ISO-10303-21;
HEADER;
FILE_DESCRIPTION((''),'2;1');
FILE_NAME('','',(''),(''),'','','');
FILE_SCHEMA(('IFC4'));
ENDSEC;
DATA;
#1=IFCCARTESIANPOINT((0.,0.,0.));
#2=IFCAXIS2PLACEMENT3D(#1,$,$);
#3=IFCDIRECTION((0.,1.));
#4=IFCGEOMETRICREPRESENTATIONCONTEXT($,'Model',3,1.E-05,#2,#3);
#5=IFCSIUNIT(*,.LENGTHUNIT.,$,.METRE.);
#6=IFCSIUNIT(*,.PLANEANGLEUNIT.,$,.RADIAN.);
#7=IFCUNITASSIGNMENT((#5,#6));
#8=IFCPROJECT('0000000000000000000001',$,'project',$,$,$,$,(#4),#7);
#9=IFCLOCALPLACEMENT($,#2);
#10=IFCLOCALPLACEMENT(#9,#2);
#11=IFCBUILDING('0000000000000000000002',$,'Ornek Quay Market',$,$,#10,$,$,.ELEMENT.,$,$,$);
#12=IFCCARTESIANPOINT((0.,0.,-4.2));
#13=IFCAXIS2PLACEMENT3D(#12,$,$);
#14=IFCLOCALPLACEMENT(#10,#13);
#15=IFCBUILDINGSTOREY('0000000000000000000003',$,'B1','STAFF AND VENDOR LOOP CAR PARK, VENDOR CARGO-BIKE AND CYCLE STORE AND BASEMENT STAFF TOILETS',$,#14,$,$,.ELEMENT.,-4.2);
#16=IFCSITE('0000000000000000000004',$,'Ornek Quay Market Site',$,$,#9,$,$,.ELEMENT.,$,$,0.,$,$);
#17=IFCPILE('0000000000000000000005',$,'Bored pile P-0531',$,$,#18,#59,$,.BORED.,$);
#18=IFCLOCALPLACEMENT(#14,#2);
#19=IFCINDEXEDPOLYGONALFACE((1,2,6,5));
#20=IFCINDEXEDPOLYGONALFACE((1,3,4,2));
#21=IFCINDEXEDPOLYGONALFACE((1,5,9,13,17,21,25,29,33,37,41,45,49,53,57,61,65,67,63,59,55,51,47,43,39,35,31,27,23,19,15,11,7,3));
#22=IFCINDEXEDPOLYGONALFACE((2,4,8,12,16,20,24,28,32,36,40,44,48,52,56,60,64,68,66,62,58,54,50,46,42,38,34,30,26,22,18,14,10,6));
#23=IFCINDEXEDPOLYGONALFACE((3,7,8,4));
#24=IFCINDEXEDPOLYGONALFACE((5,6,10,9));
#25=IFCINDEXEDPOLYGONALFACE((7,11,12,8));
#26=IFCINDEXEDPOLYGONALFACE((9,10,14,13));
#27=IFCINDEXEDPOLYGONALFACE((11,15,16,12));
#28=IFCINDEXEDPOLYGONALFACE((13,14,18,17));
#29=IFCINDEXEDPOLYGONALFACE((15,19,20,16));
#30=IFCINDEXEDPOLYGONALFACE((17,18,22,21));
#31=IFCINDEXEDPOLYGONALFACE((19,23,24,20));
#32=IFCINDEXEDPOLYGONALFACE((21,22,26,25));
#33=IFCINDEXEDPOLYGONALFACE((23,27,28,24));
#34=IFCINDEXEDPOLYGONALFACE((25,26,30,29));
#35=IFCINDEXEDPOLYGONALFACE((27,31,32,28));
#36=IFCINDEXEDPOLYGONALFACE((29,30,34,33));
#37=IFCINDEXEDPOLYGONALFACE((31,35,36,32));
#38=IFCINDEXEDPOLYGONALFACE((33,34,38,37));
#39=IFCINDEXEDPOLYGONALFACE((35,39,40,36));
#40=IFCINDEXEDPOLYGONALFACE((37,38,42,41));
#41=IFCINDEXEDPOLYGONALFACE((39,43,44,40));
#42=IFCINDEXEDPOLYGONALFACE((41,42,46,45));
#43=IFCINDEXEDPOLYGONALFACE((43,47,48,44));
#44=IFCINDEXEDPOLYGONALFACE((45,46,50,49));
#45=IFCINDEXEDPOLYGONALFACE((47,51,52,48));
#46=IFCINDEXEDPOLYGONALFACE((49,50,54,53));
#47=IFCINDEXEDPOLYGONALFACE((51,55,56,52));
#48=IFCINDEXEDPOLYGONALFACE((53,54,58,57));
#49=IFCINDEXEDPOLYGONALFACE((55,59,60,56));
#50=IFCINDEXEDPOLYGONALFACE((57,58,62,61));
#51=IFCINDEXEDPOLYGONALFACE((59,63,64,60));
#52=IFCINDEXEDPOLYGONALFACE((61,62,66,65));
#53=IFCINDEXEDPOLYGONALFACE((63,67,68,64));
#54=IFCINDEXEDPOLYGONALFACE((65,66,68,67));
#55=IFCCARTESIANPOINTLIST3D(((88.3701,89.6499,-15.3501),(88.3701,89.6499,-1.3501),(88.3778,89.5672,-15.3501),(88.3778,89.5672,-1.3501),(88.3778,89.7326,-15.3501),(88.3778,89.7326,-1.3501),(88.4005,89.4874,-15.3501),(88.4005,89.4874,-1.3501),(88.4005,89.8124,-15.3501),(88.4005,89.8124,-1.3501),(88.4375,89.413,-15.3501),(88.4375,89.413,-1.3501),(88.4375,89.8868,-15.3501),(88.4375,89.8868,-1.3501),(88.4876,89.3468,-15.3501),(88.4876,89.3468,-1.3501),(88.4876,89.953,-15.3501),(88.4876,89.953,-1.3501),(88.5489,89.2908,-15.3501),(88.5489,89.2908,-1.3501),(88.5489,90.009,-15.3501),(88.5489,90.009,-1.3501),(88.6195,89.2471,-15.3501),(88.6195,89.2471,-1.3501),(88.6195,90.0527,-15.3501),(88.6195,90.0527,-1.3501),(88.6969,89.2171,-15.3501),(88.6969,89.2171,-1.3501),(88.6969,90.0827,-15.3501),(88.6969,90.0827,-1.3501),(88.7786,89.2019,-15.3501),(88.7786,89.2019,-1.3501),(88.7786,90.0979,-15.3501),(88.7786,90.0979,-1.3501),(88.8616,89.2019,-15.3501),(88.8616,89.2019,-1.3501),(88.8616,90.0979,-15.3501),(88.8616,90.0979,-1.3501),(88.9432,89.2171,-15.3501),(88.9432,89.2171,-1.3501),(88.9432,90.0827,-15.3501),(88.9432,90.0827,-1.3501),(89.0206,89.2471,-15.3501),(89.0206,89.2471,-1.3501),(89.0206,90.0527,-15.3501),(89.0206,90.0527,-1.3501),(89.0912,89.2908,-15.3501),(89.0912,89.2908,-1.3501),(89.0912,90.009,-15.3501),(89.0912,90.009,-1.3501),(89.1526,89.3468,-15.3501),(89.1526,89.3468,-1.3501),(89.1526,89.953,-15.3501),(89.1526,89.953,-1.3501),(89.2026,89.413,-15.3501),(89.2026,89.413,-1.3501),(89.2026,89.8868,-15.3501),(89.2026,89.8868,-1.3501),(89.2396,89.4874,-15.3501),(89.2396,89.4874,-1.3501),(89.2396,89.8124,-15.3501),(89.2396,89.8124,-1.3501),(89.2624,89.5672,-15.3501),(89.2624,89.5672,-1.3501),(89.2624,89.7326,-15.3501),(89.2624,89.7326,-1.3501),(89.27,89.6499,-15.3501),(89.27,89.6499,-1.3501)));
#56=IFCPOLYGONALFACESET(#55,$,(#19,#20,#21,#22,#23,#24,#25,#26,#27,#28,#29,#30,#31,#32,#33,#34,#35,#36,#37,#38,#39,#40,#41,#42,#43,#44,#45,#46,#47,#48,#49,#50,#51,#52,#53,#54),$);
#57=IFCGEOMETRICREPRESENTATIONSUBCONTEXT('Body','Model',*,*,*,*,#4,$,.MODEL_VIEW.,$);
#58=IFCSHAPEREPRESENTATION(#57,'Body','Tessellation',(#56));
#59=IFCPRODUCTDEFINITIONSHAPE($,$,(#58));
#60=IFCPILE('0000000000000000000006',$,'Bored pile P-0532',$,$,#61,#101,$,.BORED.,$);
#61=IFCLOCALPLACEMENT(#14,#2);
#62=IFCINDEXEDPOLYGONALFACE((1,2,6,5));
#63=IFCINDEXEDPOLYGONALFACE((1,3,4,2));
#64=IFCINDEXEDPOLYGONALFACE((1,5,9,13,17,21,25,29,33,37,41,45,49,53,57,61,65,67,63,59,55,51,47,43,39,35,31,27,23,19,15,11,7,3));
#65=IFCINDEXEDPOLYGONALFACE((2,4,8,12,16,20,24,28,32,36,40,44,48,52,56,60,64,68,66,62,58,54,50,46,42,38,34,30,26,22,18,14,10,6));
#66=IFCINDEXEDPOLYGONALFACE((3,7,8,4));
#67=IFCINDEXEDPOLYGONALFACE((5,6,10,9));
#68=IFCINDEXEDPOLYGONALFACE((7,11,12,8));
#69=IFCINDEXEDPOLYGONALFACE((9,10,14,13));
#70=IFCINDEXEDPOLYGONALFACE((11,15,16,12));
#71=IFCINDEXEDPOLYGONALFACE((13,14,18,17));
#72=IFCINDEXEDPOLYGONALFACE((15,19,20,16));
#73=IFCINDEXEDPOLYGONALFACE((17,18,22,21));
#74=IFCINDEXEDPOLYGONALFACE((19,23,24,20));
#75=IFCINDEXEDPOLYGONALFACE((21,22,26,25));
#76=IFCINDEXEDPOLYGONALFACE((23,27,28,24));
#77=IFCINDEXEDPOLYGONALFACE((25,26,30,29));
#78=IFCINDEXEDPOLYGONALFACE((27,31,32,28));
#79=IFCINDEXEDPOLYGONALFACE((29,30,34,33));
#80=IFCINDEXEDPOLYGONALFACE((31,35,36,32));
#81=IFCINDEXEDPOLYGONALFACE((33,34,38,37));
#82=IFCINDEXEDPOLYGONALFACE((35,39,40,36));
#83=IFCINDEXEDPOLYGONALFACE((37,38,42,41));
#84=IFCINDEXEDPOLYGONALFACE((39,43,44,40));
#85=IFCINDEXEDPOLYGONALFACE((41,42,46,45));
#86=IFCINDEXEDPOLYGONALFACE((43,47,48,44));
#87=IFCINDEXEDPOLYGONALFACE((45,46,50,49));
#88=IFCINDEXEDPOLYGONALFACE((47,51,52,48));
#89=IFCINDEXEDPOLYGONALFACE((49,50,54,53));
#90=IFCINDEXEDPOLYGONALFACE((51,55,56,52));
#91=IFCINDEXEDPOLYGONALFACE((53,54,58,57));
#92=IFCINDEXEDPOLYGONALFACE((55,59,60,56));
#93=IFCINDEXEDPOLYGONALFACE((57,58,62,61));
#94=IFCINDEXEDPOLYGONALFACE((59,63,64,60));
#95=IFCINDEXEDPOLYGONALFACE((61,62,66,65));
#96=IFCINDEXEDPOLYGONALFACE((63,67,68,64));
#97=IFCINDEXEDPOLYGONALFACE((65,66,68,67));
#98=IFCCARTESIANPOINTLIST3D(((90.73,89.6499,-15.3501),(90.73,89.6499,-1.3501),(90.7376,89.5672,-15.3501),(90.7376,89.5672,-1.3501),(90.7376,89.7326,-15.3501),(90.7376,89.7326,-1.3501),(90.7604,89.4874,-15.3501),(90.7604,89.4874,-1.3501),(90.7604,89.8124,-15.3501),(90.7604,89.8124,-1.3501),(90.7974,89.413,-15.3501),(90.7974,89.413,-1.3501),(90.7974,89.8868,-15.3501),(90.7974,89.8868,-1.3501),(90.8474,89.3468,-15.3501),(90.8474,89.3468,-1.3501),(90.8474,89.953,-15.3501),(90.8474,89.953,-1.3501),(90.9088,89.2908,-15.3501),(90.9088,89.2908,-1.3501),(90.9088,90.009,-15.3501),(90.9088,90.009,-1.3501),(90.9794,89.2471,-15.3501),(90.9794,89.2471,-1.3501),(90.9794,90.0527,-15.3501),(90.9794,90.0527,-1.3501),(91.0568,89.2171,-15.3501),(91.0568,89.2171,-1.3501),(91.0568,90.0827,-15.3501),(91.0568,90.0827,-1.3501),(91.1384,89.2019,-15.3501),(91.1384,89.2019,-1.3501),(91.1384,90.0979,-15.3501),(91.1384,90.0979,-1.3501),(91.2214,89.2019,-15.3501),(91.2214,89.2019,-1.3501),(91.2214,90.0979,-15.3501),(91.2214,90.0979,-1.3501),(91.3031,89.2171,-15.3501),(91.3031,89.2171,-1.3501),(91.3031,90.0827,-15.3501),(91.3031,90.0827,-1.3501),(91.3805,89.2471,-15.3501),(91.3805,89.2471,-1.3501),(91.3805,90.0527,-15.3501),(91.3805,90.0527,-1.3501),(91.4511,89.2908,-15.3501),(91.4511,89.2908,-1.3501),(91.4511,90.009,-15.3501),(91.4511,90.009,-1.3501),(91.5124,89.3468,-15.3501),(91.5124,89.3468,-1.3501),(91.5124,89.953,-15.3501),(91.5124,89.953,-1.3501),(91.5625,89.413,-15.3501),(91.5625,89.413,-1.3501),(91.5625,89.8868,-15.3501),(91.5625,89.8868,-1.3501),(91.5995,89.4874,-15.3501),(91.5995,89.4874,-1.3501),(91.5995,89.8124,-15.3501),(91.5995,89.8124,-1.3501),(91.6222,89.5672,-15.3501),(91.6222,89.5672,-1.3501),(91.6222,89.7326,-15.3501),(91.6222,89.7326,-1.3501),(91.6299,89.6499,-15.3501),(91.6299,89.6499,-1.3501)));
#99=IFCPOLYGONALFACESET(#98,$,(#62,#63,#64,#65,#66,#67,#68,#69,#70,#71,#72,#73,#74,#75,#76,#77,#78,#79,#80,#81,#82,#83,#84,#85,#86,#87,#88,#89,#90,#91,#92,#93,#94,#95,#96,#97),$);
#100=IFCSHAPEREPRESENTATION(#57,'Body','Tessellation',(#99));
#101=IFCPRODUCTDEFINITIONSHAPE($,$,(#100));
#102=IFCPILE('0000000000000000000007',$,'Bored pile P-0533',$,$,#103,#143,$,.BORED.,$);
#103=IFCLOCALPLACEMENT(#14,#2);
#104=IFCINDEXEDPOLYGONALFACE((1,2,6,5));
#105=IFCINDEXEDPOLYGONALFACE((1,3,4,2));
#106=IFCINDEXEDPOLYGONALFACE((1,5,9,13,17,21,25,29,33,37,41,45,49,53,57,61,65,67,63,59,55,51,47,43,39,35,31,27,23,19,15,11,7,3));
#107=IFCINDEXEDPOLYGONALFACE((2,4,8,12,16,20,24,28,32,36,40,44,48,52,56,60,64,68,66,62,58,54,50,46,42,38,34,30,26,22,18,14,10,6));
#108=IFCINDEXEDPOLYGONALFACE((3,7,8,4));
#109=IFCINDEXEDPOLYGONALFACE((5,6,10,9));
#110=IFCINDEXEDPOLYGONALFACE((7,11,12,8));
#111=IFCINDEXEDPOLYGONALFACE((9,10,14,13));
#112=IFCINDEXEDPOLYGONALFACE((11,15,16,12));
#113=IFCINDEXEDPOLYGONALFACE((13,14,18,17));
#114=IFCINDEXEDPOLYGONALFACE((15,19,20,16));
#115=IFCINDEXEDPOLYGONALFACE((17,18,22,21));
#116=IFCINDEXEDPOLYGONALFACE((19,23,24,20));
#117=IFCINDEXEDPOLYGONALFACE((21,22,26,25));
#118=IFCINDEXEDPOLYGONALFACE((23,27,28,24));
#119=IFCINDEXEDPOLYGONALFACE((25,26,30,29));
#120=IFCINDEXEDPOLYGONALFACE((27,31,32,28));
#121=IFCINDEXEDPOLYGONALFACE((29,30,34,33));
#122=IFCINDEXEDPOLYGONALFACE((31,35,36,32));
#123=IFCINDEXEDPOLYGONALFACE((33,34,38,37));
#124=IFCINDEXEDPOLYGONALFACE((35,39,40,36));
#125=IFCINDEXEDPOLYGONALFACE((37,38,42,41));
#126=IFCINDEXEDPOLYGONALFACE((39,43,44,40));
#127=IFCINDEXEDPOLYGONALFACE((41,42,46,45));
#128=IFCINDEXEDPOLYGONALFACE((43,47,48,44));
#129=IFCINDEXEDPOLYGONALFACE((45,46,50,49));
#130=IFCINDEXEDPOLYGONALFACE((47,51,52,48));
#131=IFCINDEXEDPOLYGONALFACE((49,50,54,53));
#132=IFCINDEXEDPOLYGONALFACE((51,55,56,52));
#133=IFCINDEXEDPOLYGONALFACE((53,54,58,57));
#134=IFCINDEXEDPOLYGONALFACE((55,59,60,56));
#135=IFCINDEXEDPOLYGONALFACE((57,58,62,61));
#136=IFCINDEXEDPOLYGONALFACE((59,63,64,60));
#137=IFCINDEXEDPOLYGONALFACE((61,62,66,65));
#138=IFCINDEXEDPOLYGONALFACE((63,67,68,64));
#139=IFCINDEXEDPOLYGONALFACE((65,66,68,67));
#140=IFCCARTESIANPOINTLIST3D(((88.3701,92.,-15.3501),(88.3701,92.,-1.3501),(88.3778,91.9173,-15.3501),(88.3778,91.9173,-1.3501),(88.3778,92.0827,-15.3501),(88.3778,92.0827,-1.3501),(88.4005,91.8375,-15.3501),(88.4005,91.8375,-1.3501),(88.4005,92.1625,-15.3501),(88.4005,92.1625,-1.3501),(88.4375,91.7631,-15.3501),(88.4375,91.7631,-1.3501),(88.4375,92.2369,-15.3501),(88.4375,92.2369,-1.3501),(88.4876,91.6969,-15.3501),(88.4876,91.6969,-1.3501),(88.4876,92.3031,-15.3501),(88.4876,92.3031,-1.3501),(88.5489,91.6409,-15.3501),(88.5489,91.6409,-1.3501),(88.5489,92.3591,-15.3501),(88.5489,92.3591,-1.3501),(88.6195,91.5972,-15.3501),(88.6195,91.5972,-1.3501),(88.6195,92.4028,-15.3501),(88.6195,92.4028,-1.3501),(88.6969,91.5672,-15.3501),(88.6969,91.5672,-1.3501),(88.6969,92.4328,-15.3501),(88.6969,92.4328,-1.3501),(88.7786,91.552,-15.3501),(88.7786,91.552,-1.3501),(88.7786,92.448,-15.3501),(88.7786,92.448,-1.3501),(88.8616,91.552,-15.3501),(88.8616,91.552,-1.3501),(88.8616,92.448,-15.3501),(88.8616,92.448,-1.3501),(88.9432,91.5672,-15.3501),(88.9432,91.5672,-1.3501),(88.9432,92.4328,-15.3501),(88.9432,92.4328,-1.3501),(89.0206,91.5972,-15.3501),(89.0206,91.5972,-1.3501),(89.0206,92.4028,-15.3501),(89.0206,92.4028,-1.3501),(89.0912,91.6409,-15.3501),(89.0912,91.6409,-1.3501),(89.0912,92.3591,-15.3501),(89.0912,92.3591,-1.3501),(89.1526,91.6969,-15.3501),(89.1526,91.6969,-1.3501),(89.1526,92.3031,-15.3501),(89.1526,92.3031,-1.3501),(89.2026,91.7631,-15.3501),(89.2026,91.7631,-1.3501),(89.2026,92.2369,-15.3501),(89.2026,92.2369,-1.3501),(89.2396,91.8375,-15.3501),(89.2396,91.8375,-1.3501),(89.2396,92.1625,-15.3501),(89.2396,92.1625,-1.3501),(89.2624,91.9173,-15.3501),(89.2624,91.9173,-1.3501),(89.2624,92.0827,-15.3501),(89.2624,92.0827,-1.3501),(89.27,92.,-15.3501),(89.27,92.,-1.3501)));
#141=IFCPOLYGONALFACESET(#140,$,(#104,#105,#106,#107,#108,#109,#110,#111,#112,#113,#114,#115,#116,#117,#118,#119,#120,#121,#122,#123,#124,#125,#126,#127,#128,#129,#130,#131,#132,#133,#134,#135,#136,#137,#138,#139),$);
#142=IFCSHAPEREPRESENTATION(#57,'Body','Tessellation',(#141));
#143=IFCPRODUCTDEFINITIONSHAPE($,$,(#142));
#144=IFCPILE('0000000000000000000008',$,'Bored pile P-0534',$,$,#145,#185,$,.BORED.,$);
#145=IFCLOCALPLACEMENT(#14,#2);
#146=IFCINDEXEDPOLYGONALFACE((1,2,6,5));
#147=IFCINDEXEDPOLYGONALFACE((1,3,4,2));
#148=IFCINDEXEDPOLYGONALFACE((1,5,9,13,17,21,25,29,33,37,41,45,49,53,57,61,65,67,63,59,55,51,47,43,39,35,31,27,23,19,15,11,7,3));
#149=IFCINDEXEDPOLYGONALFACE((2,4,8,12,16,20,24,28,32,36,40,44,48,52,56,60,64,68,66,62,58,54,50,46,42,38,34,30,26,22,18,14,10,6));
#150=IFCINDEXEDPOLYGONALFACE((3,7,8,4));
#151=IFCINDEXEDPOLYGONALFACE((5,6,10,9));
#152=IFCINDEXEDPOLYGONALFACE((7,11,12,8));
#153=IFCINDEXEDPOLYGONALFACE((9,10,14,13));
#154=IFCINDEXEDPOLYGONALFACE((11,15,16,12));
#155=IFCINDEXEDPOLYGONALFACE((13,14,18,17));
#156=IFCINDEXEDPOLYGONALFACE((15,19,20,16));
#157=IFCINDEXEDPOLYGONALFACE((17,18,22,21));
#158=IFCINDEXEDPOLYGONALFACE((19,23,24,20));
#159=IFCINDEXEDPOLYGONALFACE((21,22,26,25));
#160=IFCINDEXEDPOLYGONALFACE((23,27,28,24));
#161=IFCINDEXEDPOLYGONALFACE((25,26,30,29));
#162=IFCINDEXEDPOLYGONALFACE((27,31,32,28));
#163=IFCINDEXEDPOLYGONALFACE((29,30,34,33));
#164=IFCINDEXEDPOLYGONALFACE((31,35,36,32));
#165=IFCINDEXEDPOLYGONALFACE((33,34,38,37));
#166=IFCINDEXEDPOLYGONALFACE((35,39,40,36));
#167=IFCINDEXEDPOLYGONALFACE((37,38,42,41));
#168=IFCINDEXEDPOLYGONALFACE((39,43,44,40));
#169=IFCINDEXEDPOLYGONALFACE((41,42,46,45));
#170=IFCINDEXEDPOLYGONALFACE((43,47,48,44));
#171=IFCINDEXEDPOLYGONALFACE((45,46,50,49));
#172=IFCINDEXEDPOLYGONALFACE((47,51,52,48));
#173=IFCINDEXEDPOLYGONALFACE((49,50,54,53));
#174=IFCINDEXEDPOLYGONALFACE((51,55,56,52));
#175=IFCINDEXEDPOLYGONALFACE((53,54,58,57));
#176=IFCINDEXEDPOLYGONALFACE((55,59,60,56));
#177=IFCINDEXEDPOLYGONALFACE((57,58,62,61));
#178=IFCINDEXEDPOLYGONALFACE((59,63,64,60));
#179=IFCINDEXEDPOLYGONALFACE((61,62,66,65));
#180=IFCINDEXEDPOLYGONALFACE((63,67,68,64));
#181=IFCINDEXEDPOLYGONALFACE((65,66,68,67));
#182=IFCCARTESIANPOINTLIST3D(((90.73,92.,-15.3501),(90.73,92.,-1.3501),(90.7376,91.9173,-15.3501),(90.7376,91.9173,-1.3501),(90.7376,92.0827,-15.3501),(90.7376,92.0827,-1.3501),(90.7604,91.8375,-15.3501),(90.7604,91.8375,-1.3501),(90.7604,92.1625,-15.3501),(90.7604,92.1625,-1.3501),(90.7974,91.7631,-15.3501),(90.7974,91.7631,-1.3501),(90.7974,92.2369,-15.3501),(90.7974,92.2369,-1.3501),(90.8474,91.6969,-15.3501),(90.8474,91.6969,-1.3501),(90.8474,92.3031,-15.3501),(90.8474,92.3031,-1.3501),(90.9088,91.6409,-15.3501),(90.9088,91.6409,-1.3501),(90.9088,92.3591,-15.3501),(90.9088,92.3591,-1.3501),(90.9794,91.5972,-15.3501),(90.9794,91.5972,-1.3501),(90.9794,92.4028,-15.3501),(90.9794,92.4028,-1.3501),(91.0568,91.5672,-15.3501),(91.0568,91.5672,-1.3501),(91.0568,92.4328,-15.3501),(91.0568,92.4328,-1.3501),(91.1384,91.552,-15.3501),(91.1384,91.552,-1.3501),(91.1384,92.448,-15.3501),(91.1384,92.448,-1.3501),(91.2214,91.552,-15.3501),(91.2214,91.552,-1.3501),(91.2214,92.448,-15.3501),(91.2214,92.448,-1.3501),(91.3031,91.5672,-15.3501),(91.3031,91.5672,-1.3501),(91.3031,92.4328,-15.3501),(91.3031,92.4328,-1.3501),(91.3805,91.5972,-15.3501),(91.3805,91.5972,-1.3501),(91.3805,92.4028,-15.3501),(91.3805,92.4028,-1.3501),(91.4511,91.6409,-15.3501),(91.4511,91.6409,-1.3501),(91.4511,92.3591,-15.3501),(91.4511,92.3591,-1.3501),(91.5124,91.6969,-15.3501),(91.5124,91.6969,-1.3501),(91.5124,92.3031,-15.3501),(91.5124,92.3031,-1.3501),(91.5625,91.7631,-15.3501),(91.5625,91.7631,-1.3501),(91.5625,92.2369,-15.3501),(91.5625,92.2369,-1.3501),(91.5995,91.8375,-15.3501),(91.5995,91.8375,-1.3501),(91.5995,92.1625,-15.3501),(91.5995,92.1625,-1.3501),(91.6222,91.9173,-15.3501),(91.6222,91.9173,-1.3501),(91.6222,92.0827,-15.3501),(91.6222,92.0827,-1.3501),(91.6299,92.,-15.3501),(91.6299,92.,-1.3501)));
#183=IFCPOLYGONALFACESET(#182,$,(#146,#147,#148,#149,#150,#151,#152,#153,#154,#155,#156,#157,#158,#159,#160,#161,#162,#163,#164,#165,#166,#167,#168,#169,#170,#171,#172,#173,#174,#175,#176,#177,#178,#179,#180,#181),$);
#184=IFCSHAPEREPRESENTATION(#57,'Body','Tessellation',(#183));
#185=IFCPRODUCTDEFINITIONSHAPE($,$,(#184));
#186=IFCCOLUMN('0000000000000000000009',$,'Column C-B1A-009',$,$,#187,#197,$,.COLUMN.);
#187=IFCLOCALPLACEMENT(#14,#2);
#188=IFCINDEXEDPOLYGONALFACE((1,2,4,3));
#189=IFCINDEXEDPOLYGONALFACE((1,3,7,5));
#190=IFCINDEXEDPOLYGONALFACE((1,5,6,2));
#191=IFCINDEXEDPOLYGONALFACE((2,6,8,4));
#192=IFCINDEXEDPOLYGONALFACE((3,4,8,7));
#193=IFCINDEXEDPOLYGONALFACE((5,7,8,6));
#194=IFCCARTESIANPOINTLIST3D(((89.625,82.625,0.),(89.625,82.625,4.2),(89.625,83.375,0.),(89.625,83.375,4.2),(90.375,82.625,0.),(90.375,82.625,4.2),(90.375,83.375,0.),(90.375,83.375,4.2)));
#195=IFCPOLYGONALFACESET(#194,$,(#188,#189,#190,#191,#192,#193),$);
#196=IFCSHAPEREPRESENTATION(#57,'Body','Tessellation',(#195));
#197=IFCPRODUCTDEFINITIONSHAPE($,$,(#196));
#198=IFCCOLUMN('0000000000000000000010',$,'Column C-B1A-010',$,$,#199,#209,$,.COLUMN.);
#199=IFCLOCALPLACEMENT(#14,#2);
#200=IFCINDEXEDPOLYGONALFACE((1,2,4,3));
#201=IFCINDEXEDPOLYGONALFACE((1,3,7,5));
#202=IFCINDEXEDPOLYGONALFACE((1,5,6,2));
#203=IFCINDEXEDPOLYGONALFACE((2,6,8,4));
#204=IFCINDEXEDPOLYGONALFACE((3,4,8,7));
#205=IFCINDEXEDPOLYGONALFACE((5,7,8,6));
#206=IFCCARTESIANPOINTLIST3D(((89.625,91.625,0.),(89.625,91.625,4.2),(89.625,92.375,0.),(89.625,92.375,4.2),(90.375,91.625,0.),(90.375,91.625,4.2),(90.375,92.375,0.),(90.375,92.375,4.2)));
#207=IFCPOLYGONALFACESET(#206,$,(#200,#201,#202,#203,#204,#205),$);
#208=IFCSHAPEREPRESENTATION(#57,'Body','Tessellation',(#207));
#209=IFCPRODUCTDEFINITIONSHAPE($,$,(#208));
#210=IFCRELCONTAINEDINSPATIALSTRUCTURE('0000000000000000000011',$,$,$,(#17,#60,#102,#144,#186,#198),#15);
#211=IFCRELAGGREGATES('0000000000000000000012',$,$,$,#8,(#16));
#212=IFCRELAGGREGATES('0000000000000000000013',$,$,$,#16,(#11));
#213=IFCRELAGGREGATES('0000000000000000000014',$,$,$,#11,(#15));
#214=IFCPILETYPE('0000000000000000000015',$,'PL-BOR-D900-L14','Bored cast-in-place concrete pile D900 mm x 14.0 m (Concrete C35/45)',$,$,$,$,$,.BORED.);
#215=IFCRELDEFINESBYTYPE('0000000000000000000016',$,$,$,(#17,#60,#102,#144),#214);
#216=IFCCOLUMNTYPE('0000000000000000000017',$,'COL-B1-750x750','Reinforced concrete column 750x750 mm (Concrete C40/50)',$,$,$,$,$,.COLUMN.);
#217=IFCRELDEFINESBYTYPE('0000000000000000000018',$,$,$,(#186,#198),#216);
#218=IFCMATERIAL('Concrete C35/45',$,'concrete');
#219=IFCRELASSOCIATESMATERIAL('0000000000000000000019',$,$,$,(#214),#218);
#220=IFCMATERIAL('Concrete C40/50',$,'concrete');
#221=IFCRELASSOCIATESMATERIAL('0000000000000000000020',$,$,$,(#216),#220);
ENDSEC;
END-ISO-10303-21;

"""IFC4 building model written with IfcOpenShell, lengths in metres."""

from ifc_helpers import new_model, si_unit, direction, frame, origin, origin_2d, place, context, subcontext, project, spatial, rectangle, circle, extrude, material, material_profile, profile_set, type_object, element, save


model = new_model("IFC4")

# Units and contexts
model_context = context("Model", 3, precision=1e-05, world=origin(), true_north=direction((0.0, 1.0)))
body_context = subcontext(model_context, "Body", "Model", "MODEL_VIEW")
ifc_project = project(units=[si_unit("LENGTHUNIT", "METRE"), si_unit("PLANEANGLEUNIT", "RADIAN")], contexts=[model_context])

# Site, building, storey
site_placement = place(None, origin())
site = spatial("IfcSite", under=ifc_project, at=site_placement, Name="Ornek Quay Market Site", CompositionType="ELEMENT", RefElevation=0.0)
building_placement = place(site_placement, origin())
building = spatial("IfcBuilding", under=site, at=building_placement, Name="Ornek Quay Market", CompositionType="ELEMENT")
storey_placement = place(building_placement, frame((0.0, 0.0, -4.2)))
storey = spatial("IfcBuildingStorey", under=building, at=storey_placement, Name="B1", Description="STAFF AND VENDOR LOOP CAR PARK, VENDOR CARGO-BIKE AND CYCLE STORE AND BASEMENT STAFF TOILETS", CompositionType="ELEMENT", Elevation=-4.2)

# Piles
ifc_material_1 = material(Name="Concrete C35/45", Category="concrete")
ifc_material_profile_1 = material_profile(ifc_material_1, circle(Radius=0.45, at=origin_2d()), Name="PILE D900", Category="concrete")
ifc_profile_set_1 = profile_set([ifc_material_profile_1], Name="Concrete C35/45")
pile_type_1 = type_object("IfcPileType", Name="PL-BOR-D900-L14", Description="Bored cast-in-place concrete pile D900 mm x 14.0 m (Concrete C35/45)", PredefinedType="BORED", material=ifc_profile_set_1)
for number, where, z_axis, x_axis, name in (
    (1, (88.8201, 89.6499, -1.3501), (0.0, 0.0, -1.0), (1.0, 0.0, 0.0), "Bored pile P-0531"),
    (2, (91.1799, 89.6499, -1.3501), (0.0, 0.0, -1.0), (1.0, 0.0, 0.0), "Bored pile P-0532"),
    (3, (88.8201, 92.0, -1.3501), (0.0, 0.0, -1.0), (1.0, 0.0, 0.0), "Bored pile P-0533"),
    (4, (91.1799, 92.0, -1.3501), (0.0, 0.0, -1.0), (1.0, 0.0, 0.0), "Bored pile P-0534"),
):
    element("IfcPile", number, at=place(storey_placement, frame(where, z_axis=z_axis, x_axis=x_axis)), inside=storey, type_object=pile_type_1, Name=name, PredefinedType="BORED", context=body_context, shape_type="SweptSolid", body=[
        extrude(circle(Radius=0.45, at=origin_2d()), origin(), (0.0, 0.0, 1.0), 14.0),
    ])

# Columns
ifc_material_2 = material(Name="Concrete C40/50", Category="concrete")
ifc_material_profile_2 = material_profile(ifc_material_2, rectangle(XDim=0.75, YDim=0.75, at=origin_2d()), Name="RC 750x750", Category="concrete")
ifc_profile_set_2 = profile_set([ifc_material_profile_2], Name="Concrete C40/50")
column_type = type_object("IfcColumnType", Name="COL-B1-750x750", Description="Reinforced concrete column 750x750 mm (Concrete C40/50)", PredefinedType="COLUMN", material=ifc_profile_set_2)
for number, where, z_axis, x_axis, name in (
    (5, (90.0, 83.0, 0.0), (0.0, 0.0, 1.0), (1.0, 0.0, 0.0), "Column C-B1A-009"),
    (6, (90.0, 92.0, 0.0), (0.0, 0.0, 1.0), (1.0, 0.0, 0.0), "Column C-B1A-010"),
):
    element("IfcColumn", number, at=place(storey_placement, frame(where, z_axis=z_axis, x_axis=x_axis)), inside=storey, type_object=column_type, Name=name, PredefinedType="COLUMN", context=body_context, shape_type="SweptSolid", body=[
        extrude(rectangle(XDim=0.75, YDim=0.75, at=origin_2d()), origin(), (0.0, 0.0, 1.0), 4.2),
    ])

save(model, "model.ifc")
